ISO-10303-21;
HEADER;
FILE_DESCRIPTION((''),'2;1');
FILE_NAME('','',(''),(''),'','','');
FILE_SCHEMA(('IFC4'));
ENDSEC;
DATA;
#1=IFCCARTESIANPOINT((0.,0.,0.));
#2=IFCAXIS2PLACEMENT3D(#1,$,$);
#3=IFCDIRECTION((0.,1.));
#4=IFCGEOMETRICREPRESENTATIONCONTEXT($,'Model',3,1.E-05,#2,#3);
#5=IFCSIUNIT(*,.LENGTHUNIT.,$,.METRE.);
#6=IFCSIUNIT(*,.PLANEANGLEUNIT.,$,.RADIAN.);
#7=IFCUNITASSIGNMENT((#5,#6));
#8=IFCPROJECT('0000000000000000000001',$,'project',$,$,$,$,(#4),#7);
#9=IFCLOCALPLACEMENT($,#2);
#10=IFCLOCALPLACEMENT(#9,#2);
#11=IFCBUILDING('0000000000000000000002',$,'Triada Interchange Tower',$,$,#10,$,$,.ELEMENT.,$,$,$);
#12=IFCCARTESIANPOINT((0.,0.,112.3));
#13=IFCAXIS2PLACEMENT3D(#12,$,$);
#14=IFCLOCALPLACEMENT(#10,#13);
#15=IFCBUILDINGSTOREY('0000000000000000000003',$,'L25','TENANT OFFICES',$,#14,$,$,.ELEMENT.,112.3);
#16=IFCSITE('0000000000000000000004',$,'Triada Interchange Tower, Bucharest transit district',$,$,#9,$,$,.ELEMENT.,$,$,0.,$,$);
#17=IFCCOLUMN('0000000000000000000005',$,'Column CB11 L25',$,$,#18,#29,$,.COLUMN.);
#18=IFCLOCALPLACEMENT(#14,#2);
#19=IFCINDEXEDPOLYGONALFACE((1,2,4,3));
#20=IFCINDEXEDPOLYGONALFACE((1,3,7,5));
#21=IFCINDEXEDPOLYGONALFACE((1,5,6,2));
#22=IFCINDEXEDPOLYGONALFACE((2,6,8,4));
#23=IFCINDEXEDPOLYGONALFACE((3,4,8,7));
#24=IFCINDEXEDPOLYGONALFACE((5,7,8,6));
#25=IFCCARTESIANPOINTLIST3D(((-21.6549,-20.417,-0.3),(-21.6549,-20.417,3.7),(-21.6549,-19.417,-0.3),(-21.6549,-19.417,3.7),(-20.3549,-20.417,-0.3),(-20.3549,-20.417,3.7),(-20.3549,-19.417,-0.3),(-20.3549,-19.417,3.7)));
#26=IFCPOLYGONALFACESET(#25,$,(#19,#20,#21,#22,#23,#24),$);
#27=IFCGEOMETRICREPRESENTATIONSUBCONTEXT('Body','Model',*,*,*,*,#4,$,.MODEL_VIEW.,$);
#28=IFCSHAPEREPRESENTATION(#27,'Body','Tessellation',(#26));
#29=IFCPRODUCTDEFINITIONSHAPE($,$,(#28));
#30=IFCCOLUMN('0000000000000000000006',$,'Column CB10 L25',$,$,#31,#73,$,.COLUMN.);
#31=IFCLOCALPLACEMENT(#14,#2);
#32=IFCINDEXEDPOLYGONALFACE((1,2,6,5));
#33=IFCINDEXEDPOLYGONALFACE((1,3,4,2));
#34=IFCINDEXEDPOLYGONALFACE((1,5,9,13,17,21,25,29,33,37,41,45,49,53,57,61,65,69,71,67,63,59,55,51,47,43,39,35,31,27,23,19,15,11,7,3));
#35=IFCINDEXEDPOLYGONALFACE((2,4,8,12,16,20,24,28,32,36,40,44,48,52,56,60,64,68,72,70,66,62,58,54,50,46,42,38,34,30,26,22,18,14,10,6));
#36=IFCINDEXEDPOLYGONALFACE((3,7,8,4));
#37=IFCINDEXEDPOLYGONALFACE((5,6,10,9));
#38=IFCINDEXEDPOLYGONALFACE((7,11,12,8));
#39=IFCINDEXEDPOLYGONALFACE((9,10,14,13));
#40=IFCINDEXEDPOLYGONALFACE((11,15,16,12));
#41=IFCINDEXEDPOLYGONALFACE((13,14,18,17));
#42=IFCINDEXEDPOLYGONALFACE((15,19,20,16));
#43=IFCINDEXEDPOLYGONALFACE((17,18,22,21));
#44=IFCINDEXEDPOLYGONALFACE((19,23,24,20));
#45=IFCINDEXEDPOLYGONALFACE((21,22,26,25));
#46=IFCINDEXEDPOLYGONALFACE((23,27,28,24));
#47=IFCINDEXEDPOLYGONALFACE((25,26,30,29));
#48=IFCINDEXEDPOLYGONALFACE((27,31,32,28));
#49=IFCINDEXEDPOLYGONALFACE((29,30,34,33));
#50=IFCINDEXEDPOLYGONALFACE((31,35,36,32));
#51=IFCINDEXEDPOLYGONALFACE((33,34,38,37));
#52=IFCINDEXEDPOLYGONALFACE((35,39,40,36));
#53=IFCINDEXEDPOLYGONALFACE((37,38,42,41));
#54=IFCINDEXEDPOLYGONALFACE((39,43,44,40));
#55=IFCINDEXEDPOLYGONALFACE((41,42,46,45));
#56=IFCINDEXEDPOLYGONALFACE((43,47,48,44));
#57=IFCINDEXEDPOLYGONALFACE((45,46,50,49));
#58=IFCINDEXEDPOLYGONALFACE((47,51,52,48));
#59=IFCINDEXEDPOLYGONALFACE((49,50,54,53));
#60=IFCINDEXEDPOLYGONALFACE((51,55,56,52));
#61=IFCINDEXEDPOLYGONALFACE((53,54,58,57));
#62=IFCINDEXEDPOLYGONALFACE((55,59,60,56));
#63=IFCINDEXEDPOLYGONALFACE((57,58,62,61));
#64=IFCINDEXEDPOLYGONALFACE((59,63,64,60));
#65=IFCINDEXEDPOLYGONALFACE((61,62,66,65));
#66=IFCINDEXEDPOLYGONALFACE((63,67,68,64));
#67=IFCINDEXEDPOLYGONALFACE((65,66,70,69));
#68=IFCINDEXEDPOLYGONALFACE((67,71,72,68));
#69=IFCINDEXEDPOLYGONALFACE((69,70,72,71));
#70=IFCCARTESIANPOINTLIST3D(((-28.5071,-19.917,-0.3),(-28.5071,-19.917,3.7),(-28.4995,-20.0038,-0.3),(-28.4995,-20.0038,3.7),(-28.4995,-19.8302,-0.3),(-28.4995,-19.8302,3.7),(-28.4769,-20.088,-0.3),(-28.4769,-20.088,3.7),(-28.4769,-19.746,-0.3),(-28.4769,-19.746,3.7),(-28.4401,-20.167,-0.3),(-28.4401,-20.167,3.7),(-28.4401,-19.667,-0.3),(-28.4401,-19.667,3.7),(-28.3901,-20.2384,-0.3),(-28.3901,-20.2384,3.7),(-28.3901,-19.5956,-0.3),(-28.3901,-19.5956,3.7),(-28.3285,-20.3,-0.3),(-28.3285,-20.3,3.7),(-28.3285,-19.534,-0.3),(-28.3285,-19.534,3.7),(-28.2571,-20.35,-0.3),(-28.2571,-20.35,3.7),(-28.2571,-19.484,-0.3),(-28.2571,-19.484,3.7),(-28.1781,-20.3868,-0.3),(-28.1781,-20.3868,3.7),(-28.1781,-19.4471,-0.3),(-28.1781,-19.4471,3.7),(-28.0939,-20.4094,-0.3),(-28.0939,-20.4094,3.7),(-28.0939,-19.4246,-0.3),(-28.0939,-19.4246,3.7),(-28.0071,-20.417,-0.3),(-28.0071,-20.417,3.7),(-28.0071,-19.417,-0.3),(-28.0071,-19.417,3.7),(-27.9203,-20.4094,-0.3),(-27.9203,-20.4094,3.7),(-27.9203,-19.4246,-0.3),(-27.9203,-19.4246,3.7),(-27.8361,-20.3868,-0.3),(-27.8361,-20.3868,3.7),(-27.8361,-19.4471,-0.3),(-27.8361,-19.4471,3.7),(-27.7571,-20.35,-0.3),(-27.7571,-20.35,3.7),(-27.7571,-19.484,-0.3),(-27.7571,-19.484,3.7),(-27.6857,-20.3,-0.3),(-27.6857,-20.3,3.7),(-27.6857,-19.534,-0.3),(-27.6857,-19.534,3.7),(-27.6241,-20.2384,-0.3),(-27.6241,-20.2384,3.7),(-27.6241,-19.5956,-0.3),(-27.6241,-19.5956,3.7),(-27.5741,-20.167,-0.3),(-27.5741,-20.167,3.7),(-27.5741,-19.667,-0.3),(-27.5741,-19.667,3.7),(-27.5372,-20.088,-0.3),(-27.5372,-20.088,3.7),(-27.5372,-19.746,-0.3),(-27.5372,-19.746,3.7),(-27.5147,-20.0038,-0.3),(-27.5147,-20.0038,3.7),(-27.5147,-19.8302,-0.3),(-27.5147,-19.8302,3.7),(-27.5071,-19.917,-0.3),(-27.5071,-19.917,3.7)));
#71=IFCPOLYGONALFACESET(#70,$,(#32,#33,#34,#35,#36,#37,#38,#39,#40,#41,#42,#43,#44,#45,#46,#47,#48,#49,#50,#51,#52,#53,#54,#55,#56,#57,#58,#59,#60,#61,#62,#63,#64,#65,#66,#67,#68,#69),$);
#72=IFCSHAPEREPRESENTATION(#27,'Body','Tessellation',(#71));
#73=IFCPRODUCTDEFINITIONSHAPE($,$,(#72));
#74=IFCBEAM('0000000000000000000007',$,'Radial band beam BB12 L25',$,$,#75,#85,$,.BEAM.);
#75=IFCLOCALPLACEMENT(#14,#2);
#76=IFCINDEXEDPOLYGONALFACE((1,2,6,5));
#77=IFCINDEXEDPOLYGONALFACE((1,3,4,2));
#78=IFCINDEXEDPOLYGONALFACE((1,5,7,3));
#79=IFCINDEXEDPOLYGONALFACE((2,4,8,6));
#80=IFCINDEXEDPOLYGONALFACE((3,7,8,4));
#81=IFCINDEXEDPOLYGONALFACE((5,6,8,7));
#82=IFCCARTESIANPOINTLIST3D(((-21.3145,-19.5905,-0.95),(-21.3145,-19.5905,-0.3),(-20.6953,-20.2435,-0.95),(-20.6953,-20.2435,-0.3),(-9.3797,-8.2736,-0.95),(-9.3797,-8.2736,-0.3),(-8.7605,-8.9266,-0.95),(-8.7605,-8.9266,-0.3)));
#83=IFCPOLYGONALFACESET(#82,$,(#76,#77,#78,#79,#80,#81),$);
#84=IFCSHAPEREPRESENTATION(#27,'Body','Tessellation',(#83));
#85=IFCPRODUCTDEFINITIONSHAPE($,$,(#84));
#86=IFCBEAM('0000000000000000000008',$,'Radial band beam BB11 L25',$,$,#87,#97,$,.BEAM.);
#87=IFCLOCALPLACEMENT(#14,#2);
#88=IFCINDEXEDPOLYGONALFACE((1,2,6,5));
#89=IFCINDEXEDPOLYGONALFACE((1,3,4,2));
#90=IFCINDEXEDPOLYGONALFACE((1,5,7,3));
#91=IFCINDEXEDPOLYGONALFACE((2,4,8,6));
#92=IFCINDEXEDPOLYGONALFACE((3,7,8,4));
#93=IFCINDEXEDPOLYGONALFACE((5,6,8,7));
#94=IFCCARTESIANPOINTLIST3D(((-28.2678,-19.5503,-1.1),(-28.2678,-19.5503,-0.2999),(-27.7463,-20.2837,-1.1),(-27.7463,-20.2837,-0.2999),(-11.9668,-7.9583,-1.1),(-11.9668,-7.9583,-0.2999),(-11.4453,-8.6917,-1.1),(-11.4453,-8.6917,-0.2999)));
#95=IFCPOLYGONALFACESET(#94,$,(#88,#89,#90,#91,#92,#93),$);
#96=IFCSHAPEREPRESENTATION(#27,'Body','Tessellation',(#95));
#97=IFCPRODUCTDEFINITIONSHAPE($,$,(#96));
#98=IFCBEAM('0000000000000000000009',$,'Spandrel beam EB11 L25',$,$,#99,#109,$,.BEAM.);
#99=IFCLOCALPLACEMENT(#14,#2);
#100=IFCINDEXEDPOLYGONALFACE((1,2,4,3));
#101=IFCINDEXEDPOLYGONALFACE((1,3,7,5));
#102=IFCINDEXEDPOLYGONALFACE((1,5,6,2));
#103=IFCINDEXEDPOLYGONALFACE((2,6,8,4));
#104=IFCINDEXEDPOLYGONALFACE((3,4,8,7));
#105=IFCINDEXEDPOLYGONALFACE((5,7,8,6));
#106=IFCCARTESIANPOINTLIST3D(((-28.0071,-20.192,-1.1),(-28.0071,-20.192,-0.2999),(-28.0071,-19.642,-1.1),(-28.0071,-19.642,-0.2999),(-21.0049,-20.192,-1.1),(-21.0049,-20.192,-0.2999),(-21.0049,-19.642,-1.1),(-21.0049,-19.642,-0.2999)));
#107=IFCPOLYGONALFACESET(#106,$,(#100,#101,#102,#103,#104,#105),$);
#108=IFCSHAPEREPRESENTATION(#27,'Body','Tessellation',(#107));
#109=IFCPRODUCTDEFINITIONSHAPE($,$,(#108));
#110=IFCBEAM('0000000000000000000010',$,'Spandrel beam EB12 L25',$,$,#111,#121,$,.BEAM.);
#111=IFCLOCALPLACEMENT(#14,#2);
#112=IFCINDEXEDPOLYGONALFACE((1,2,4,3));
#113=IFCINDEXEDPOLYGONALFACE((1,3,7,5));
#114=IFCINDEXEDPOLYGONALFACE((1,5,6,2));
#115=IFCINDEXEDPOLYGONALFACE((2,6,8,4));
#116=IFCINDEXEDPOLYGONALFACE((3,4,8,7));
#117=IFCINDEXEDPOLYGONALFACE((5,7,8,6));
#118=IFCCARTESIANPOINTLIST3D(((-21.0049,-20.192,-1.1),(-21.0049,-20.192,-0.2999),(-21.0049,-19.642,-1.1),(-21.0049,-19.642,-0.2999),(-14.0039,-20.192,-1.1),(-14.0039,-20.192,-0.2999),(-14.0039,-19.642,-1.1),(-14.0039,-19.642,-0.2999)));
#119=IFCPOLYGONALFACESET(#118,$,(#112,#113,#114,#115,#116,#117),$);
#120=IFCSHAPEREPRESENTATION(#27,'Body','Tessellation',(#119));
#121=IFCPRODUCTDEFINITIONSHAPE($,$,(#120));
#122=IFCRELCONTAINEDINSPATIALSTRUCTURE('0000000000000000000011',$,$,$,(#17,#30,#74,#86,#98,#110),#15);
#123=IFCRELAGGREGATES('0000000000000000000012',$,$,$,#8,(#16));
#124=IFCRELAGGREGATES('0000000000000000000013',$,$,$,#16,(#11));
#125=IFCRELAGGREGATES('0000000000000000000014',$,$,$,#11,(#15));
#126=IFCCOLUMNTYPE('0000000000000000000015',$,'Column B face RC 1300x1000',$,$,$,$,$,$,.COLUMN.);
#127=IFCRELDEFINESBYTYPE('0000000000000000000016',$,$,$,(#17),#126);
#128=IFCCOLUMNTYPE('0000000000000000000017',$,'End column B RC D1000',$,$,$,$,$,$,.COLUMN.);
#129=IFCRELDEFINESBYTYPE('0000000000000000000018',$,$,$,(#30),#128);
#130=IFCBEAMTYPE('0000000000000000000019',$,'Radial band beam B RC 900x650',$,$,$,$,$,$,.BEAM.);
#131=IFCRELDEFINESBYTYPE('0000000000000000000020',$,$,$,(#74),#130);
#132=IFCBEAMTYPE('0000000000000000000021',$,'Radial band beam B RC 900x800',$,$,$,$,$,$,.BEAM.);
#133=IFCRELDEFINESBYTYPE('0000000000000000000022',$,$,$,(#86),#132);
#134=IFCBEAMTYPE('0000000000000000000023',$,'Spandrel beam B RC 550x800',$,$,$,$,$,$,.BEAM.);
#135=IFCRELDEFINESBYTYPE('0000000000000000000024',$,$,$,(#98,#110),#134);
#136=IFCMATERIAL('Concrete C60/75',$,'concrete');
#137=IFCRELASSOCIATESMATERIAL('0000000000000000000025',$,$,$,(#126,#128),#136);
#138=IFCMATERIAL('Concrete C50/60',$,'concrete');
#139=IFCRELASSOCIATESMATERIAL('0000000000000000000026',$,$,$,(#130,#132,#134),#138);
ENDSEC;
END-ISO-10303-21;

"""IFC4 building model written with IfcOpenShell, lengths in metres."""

from ifc_helpers import new_model, si_unit, direction, frame, origin, origin_2d, place, context, subcontext, project, spatial, rectangle, circle, extrude, material, material_profile, profile_set, type_object, element, save


model = new_model("IFC4")

# Units and contexts
model_context = context("Model", 3, precision=1e-05, world=origin(), true_north=direction((0.0, 1.0)))
body_context = subcontext(model_context, "Body", "Model", "MODEL_VIEW")
ifc_project = project(units=[si_unit("LENGTHUNIT", "METRE"), si_unit("PLANEANGLEUNIT", "RADIAN")], contexts=[model_context])

# Site, building, storey
site_placement = place(None, origin())
site = spatial("IfcSite", under=ifc_project, at=site_placement, Name="Triada Interchange Tower, Bucharest transit district", CompositionType="ELEMENT", RefElevation=0.0)
building_placement = place(site_placement, origin())
building = spatial("IfcBuilding", under=site, at=building_placement, Name="Triada Interchange Tower", CompositionType="ELEMENT")
storey_placement = place(building_placement, frame((0.0, 0.0, 112.3)))
storey = spatial("IfcBuildingStorey", under=building, at=storey_placement, Name="L25", Description="TENANT OFFICES", CompositionType="ELEMENT", Elevation=112.3)

# Columns
ifc_material_1 = material(Name="Concrete C60/75", Category="concrete")
ifc_material_profile_1 = material_profile(ifc_material_1, rectangle(XDim=1.3, YDim=1.0, at=origin_2d()), Name="RC 1300x1000")
ifc_profile_set_1 = profile_set([ifc_material_profile_1], Name="Concrete C60/75")
column_type_1 = type_object("IfcColumnType", Name="Column B face RC 1300x1000", PredefinedType="COLUMN", material=ifc_profile_set_1)
column_1_placement = place(storey_placement, frame((-21.0049, -19.917, -0.3), z_axis=(0.0, 0.0, 1.0), x_axis=(1.0, 0.0, 0.0)))
element("IfcColumn", 1, at=column_1_placement, inside=storey, type_object=column_type_1, Name="Column CB11 L25", PredefinedType="COLUMN", context=body_context, shape_type="SweptSolid", body=[
    extrude(rectangle(XDim=1.3, YDim=1.0, at=origin_2d()), origin(), (0.0, 0.0, 1.0), 4.0),
])
ifc_material_profile_2 = material_profile(ifc_material_1, circle(Radius=0.5, at=origin_2d()), Name="RC D1000")
ifc_profile_set_2 = profile_set([ifc_material_profile_2], Name="Concrete C60/75")
column_type_2 = type_object("IfcColumnType", Name="End column B RC D1000", PredefinedType="COLUMN", material=ifc_profile_set_2)
column_2_placement = place(storey_placement, frame((-28.0071, -19.917, -0.3), z_axis=(0.0, 0.0, 1.0), x_axis=(1.0, 0.0, 0.0)))
element("IfcColumn", 2, at=column_2_placement, inside=storey, type_object=column_type_2, Name="Column CB10 L25", PredefinedType="COLUMN", context=body_context, shape_type="SweptSolid", body=[
    extrude(circle(Radius=0.5, at=origin_2d()), origin(), (0.0, 0.0, 1.0), 4.0),
])

# Beams
ifc_material_2 = material(Name="Concrete C50/60", Category="concrete")
ifc_material_profile_3 = material_profile(ifc_material_2, rectangle(XDim=0.8999, YDim=0.6499, at=origin_2d()), Name="RC 900x650")
ifc_profile_set_3 = profile_set([ifc_material_profile_3], Name="Concrete C50/60")
beam_type_1 = type_object("IfcBeamType", Name="Radial band beam B RC 900x650", PredefinedType="BEAM", material=ifc_profile_set_3)
beam_1_placement = place(storey_placement, frame((-21.0049, -19.917, -0.625), z_axis=(0.725642, 0.688072, 0.0), x_axis=(-0.688072, 0.725642, 0.0)))
element("IfcBeam", 3, at=beam_1_placement, inside=storey, type_object=beam_type_1, Name="Radial band beam BB12 L25", PredefinedType="BEAM", context=body_context, shape_type="SweptSolid", body=[
    extrude(rectangle(XDim=0.8999, YDim=0.6499, at=origin_2d()), origin(), (0.0, 0.0, 1.0), 16.4473),
])
ifc_material_profile_4 = material_profile(ifc_material_2, rectangle(XDim=0.8999, YDim=0.8, at=origin_2d()), Name="RC 900x800")
ifc_profile_set_4 = profile_set([ifc_material_profile_4], Name="Concrete C50/60")
beam_type_2 = type_object("IfcBeamType", Name="Radial band beam B RC 900x800", PredefinedType="BEAM", material=ifc_profile_set_4)
beam_2_placement = place(storey_placement, frame((-28.0071, -19.917, -0.7), z_axis=(0.814951, 0.57953, 0.0), x_axis=(-0.57953, 0.814951, 0.0)))
element("IfcBeam", 4, at=beam_2_placement, inside=storey, type_object=beam_type_2, Name="Radial band beam BB11 L25", PredefinedType="BEAM", context=body_context, shape_type="SweptSolid", body=[
    extrude(rectangle(XDim=0.8999, YDim=0.8, at=origin_2d()), origin(), (0.0, 0.0, 1.0), 20.0024),
])
ifc_material_profile_5 = material_profile(ifc_material_2, rectangle(XDim=0.55, YDim=0.8, at=origin_2d()), Name="RC 550x800")
ifc_profile_set_5 = profile_set([ifc_material_profile_5], Name="Concrete C50/60")
beam_type_3 = type_object("IfcBeamType", Name="Spandrel beam B RC 550x800", PredefinedType="BEAM", material=ifc_profile_set_5)
beam_3_placement = place(storey_placement, frame((-28.0071, -19.917, -0.7), z_axis=(1.0, 0.0, 0.0), x_axis=(0.0, 1.0, 0.0)))
element("IfcBeam", 5, at=beam_3_placement, inside=storey, type_object=beam_type_3, Name="Spandrel beam EB11 L25", PredefinedType="BEAM", context=body_context, shape_type="SweptSolid", body=[
    extrude(rectangle(XDim=0.55, YDim=0.8, at=origin_2d()), origin(), (0.0, 0.0, 1.0), 7.0022),
])
beam_4_placement = place(storey_placement, frame((-21.0049, -19.917, -0.7), z_axis=(1.0, 0.0, 0.0), x_axis=(0.0, 1.0, 0.0)))
element("IfcBeam", 6, at=beam_4_placement, inside=storey, type_object=beam_type_3, Name="Spandrel beam EB12 L25", PredefinedType="BEAM", context=body_context, shape_type="SweptSolid", body=[
    extrude(rectangle(XDim=0.55, YDim=0.8, at=origin_2d()), origin(), (0.0, 0.0, 1.0), 7.001),
])

save(model, "model.ifc")
